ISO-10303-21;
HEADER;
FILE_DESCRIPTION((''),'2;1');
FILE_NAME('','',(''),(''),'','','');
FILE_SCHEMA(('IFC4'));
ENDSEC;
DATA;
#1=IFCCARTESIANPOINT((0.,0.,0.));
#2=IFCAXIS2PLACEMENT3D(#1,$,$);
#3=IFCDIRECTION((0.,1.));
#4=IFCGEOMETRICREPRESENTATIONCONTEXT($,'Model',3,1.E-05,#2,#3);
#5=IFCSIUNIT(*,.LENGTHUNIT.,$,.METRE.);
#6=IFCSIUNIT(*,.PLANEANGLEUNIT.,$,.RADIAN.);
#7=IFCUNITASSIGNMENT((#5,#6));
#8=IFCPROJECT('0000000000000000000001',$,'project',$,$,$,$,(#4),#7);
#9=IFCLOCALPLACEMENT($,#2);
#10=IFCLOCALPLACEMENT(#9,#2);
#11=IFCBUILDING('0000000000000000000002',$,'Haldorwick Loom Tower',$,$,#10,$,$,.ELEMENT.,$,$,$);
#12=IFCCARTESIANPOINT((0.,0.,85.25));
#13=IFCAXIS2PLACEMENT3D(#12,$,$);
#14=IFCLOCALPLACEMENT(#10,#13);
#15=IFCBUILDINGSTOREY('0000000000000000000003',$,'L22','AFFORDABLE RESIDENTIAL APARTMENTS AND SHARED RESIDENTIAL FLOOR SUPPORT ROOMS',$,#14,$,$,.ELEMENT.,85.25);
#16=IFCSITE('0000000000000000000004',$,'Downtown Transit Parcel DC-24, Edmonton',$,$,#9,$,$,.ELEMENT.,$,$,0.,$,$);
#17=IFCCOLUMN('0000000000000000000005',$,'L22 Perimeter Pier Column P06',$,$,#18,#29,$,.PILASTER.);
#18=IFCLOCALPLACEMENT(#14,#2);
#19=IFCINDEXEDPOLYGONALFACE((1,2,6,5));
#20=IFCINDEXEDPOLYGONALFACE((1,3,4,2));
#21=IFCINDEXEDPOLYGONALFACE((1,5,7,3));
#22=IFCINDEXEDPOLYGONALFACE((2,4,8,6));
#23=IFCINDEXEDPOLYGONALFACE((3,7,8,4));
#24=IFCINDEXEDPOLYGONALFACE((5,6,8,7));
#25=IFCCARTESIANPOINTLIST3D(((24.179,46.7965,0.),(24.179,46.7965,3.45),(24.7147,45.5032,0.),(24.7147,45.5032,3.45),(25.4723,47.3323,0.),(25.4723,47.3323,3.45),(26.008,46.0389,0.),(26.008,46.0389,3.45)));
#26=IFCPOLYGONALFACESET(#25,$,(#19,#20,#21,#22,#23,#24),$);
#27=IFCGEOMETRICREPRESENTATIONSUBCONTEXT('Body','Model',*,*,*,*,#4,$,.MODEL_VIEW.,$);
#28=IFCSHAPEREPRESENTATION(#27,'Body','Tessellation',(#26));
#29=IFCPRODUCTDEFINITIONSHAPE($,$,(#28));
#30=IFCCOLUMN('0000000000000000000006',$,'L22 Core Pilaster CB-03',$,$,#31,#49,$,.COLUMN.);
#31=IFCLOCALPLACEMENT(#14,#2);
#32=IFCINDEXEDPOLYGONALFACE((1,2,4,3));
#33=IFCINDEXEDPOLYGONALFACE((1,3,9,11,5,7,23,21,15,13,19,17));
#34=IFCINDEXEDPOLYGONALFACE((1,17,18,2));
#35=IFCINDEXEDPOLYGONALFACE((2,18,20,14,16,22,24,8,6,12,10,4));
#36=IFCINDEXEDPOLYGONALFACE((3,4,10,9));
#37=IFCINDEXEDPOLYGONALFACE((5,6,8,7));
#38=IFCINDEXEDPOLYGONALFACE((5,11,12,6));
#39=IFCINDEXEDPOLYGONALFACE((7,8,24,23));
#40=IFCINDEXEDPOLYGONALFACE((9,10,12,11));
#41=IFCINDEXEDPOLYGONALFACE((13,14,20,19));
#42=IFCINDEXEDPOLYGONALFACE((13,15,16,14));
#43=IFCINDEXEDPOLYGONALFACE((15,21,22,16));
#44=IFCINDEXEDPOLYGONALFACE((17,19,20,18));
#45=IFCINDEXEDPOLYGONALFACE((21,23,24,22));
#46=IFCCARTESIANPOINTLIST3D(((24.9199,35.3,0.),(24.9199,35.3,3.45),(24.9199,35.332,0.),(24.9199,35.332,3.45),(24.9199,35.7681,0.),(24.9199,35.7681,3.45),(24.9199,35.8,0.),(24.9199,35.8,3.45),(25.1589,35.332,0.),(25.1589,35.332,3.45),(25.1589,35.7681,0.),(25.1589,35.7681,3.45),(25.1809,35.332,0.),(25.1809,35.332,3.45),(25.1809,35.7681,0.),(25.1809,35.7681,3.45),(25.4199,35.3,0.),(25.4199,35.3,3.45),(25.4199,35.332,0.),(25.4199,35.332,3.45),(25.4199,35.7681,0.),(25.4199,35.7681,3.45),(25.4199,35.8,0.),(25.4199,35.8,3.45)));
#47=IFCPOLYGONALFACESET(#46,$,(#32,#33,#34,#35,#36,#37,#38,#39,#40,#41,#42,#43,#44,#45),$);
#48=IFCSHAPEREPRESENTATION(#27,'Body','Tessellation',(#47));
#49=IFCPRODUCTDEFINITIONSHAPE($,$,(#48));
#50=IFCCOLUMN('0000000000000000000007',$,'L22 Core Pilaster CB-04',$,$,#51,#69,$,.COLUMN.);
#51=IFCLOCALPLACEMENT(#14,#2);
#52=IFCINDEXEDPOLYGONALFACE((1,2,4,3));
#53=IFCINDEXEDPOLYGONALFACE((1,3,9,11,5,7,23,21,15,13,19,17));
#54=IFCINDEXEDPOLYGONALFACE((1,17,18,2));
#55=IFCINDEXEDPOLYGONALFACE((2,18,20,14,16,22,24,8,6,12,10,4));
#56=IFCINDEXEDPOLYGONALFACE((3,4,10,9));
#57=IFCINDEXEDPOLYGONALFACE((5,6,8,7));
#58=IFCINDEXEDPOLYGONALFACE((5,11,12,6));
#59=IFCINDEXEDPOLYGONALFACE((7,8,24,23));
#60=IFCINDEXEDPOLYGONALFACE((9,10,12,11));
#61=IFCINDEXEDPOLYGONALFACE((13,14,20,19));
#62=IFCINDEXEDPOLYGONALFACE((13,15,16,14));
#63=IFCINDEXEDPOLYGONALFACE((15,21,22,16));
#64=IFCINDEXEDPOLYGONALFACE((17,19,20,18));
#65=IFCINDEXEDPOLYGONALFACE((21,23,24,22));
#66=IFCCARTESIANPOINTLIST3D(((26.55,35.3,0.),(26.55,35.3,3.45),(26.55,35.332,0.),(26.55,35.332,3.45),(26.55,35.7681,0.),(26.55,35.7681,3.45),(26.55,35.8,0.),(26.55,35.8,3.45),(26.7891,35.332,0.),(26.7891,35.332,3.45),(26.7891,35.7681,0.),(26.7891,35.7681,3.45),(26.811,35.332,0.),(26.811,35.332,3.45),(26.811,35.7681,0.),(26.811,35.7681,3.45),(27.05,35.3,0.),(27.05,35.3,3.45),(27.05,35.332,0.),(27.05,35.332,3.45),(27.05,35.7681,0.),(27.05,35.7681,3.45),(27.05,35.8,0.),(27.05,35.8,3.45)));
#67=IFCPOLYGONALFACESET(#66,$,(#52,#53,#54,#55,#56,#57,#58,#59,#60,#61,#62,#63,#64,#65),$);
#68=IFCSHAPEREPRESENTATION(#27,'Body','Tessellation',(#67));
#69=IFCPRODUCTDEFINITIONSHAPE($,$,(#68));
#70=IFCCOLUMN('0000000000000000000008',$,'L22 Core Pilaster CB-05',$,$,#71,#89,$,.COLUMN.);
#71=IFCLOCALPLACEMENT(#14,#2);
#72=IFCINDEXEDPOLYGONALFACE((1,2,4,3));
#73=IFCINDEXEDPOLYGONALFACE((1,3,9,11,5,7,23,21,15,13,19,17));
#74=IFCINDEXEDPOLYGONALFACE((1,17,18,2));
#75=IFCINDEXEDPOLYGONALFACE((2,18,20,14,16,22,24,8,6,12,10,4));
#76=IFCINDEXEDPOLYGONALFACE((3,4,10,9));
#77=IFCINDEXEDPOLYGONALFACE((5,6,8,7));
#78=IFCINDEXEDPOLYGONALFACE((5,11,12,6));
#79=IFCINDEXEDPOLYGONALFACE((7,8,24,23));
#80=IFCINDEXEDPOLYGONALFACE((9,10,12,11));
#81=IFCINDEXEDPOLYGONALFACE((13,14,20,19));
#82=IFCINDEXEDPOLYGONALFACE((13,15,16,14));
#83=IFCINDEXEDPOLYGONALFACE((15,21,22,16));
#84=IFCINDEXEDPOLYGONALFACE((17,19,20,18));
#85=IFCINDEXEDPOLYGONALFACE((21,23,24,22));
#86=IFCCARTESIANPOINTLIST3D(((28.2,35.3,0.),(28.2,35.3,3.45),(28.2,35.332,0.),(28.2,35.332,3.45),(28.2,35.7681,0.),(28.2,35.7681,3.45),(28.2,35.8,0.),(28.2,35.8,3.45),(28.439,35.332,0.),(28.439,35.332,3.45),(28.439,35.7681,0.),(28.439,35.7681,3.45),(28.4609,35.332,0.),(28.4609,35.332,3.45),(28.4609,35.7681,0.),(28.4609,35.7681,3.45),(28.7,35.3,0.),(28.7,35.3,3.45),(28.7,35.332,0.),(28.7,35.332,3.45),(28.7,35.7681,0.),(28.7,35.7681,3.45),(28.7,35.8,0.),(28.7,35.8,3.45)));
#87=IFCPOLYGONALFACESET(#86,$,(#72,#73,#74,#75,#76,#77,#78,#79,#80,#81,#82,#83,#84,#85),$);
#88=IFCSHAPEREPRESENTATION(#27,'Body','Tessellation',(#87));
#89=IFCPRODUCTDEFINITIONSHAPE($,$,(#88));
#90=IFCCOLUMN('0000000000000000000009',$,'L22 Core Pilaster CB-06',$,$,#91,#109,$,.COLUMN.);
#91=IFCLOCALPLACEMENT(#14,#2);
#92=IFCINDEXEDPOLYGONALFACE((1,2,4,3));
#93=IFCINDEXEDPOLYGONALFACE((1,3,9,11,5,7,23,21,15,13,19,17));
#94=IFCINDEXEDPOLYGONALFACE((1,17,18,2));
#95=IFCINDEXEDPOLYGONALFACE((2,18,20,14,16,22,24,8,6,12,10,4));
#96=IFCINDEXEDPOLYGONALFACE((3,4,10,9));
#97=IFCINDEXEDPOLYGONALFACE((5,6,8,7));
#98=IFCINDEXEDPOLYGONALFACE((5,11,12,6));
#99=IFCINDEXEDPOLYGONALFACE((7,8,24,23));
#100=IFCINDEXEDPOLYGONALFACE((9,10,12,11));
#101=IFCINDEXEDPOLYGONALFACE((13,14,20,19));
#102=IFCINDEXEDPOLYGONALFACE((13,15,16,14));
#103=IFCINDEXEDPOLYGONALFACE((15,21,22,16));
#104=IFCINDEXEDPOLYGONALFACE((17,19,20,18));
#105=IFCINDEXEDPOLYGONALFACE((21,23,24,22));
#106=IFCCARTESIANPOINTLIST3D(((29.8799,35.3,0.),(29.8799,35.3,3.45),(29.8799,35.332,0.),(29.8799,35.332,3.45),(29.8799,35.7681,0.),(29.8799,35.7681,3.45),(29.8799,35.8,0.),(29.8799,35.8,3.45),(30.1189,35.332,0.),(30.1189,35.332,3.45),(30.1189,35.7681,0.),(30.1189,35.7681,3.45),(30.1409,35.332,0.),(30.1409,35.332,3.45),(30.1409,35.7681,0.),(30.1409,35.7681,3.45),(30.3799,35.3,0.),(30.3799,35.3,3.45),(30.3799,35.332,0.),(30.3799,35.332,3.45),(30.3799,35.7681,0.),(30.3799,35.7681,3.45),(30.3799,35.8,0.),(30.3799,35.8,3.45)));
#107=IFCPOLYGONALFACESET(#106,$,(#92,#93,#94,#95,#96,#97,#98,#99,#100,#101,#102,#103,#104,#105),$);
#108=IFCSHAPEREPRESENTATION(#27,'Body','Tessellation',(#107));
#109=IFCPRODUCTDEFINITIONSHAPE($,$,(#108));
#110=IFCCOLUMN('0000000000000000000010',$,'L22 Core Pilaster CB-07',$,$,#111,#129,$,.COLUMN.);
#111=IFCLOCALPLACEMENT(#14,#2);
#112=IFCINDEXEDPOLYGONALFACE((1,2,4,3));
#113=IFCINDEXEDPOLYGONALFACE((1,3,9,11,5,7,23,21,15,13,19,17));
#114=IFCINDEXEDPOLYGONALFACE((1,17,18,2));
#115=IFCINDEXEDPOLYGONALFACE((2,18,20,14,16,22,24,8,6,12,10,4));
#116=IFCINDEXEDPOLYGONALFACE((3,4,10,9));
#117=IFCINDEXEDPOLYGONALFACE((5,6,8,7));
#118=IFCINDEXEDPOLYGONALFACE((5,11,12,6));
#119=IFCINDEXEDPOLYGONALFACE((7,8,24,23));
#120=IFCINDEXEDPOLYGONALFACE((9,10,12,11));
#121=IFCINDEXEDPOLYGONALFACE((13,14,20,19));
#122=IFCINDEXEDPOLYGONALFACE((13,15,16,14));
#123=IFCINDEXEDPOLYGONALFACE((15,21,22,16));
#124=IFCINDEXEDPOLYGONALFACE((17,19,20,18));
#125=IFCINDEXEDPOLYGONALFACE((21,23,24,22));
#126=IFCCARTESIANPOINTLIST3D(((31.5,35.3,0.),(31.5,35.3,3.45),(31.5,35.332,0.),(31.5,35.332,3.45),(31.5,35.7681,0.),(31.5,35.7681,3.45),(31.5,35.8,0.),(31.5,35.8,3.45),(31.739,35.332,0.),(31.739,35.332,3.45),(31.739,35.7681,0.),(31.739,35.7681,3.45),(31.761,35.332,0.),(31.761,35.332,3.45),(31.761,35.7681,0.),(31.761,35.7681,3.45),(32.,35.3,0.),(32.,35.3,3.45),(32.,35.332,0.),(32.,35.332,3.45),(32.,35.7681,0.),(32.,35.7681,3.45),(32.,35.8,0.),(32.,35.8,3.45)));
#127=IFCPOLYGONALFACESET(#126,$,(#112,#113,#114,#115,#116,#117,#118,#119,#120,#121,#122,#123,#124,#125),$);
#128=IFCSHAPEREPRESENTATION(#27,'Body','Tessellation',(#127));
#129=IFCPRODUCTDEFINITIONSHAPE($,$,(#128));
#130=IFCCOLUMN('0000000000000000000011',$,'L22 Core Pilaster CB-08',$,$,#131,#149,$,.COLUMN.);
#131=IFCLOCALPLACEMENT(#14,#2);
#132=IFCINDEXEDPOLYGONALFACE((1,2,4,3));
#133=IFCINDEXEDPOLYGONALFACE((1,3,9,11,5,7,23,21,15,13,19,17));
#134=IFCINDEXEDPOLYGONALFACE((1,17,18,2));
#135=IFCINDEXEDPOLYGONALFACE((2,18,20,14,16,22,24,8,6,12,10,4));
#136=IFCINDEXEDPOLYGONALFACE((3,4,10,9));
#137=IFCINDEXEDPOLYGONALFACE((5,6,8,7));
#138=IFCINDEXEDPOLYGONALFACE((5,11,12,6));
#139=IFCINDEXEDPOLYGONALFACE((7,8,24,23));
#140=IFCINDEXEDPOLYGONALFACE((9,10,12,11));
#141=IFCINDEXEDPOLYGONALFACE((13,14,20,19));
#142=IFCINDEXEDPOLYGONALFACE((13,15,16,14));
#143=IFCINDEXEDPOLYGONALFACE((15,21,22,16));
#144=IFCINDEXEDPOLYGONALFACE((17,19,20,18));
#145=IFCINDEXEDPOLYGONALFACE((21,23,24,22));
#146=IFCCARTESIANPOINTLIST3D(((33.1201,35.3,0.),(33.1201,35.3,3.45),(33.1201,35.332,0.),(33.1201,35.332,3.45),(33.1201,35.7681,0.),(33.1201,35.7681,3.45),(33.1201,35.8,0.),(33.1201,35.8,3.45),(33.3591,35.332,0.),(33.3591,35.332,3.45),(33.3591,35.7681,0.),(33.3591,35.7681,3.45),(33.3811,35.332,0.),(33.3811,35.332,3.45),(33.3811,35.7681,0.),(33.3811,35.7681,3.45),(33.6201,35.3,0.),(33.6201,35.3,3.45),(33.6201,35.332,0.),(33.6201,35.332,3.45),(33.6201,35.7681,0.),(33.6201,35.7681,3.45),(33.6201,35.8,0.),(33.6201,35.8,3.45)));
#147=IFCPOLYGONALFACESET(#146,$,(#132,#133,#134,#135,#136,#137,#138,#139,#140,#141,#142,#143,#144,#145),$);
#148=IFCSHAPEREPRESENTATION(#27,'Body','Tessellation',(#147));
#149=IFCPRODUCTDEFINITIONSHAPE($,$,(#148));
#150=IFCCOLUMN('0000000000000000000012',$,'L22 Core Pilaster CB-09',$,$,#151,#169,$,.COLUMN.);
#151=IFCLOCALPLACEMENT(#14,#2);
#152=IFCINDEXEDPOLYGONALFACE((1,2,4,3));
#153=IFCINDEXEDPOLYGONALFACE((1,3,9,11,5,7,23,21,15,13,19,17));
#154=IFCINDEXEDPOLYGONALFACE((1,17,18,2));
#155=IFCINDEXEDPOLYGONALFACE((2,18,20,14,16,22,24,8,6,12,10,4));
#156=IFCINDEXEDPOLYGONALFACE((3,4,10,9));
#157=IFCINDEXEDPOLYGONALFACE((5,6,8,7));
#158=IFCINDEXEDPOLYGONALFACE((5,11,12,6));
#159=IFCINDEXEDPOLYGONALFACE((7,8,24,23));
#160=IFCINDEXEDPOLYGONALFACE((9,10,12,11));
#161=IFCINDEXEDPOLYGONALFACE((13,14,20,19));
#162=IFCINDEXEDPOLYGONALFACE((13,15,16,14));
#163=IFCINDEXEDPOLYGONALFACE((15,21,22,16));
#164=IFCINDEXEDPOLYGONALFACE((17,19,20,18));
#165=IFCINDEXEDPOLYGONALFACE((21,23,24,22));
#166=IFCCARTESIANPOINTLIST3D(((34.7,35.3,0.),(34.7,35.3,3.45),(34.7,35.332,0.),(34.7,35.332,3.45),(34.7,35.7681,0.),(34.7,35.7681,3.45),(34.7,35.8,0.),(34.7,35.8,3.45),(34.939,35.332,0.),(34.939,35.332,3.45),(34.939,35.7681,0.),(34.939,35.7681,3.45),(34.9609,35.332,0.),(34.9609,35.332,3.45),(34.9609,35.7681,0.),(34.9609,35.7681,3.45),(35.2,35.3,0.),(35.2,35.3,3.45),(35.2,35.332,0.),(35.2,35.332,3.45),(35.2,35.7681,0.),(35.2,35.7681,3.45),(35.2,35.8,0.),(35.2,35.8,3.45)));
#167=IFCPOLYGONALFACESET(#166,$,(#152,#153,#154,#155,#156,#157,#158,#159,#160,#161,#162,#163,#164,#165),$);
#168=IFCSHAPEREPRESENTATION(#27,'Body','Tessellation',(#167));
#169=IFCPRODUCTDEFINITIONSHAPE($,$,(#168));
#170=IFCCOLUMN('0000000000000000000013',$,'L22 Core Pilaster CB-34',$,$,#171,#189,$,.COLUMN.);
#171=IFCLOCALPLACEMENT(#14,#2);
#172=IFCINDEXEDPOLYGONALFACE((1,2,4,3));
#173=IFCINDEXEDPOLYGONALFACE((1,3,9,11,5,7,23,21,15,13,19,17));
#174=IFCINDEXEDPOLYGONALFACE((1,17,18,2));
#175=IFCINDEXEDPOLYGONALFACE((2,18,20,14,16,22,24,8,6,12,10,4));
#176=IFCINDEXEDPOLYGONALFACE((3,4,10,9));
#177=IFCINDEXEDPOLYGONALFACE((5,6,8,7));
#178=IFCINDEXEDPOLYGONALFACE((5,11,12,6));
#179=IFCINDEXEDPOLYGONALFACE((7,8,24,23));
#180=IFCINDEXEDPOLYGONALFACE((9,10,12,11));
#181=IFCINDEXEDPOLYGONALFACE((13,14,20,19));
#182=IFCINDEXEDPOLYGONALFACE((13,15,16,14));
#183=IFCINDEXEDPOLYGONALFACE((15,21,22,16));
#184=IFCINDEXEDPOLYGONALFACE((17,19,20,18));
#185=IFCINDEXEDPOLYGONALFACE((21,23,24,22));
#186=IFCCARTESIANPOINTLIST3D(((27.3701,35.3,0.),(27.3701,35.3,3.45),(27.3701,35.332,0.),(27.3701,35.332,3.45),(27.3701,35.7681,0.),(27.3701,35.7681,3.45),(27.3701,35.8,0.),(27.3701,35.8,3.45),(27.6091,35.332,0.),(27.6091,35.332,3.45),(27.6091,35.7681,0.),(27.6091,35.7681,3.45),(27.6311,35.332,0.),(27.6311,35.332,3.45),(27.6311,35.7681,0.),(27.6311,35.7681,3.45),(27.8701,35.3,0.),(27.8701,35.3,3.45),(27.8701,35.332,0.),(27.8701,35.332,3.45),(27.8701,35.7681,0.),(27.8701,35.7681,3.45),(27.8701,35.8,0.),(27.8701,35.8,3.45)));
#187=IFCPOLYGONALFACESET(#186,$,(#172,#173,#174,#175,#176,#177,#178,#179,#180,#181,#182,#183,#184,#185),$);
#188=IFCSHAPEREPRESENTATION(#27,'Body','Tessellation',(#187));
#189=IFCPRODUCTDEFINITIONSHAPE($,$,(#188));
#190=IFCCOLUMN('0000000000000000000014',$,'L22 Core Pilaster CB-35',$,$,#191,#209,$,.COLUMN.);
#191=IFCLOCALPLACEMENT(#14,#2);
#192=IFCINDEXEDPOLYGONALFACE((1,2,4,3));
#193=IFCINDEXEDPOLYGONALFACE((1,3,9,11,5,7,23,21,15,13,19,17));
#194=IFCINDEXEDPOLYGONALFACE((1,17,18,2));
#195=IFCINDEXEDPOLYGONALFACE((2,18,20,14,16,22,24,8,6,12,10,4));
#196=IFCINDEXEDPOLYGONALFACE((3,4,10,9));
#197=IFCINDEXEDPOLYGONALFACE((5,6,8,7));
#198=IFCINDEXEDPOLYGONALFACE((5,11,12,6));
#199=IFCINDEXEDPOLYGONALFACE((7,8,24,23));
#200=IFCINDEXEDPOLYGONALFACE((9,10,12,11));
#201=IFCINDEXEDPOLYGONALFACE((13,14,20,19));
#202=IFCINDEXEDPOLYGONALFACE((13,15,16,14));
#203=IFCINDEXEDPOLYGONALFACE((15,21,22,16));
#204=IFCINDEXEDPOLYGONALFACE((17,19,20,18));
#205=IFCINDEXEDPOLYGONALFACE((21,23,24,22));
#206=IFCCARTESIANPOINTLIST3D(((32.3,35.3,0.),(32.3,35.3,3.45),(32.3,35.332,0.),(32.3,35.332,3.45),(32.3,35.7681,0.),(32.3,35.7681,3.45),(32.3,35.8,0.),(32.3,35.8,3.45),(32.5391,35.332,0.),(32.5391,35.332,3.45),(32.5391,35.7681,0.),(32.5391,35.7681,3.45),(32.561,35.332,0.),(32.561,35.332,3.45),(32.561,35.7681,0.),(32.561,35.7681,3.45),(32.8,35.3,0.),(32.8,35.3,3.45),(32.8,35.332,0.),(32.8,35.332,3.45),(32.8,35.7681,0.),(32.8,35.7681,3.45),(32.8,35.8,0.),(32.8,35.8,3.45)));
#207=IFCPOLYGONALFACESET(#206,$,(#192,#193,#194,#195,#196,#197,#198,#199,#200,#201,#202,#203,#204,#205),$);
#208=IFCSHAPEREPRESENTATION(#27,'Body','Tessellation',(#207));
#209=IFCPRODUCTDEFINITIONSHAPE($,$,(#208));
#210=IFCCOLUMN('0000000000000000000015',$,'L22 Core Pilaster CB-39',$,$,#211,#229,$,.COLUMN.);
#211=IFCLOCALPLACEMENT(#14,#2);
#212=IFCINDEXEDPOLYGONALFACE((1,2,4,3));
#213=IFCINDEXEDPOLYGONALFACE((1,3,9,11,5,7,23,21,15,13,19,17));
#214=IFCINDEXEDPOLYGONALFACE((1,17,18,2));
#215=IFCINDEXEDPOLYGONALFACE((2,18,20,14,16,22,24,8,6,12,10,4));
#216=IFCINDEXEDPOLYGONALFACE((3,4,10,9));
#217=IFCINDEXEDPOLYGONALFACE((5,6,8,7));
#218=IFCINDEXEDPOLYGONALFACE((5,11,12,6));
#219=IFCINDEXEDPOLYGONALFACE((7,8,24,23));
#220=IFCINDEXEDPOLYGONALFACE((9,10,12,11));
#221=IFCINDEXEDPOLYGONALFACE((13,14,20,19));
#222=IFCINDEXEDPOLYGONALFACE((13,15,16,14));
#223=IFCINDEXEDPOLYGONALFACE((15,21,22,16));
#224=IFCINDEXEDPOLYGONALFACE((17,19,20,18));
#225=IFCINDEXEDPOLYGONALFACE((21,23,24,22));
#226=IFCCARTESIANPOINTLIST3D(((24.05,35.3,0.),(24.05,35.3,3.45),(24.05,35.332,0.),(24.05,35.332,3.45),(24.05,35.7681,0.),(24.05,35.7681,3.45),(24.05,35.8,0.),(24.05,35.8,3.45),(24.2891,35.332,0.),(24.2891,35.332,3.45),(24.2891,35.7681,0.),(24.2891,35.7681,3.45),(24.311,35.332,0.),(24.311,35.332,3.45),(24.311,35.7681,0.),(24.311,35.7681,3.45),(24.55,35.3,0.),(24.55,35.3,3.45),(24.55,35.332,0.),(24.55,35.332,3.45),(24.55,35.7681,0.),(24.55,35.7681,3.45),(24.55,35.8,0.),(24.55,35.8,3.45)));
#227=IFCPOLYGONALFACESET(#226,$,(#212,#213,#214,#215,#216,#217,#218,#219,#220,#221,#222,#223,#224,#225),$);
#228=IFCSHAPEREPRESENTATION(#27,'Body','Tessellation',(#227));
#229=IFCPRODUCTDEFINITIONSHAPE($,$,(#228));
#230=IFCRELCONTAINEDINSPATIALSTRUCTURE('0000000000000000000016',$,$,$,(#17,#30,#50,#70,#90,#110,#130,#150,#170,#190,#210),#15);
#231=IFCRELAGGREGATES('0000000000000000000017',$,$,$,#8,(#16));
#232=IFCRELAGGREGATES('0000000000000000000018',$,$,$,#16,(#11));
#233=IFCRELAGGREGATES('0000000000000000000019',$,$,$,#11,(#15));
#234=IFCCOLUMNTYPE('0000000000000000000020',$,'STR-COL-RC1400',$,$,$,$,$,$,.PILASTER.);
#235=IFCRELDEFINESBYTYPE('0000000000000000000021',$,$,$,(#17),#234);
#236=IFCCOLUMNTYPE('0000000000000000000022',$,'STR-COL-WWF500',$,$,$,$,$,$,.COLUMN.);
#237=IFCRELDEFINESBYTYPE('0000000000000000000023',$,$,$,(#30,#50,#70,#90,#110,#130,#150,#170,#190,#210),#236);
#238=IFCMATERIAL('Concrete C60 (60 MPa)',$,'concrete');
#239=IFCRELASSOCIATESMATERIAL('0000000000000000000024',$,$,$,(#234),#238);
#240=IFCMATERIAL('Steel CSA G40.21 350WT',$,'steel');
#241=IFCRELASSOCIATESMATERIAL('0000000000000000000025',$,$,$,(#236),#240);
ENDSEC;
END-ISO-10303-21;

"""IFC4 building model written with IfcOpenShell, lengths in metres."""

from ifc_helpers import new_model, si_unit, direction, frame, origin, origin_2d, place, context, subcontext, project, spatial, rectangle, i_section, extrude, material, material_profile, profile_set, type_object, element, save


model = new_model("IFC4")

# Units and contexts
model_context = context("Model", 3, precision=1e-05, world=origin(), true_north=direction((0.0, 1.0)))
body_context = subcontext(model_context, "Body", "Model", "MODEL_VIEW")
ifc_project = project(units=[si_unit("LENGTHUNIT", "METRE"), si_unit("PLANEANGLEUNIT", "RADIAN")], contexts=[model_context])

# Site, building, storey
site_placement = place(None, origin())
site = spatial("IfcSite", under=ifc_project, at=site_placement, Name="Downtown Transit Parcel DC-24, Edmonton", CompositionType="ELEMENT", RefElevation=0.0)
building_placement = place(site_placement, origin())
building = spatial("IfcBuilding", under=site, at=building_placement, Name="Haldorwick Loom Tower", CompositionType="ELEMENT")
storey_placement = place(building_placement, frame((0.0, 0.0, 85.25)))
storey = spatial("IfcBuildingStorey", under=building, at=storey_placement, Name="L22", Description="AFFORDABLE RESIDENTIAL APARTMENTS AND SHARED RESIDENTIAL FLOOR SUPPORT ROOMS", CompositionType="ELEMENT", Elevation=85.25)

# Columns
ifc_material_1 = material(Name="Concrete C60 (60 MPa)", Category="concrete")
ifc_material_profile_1 = material_profile(ifc_material_1, rectangle(XDim=1.3999, YDim=1.3999, at=origin_2d()), Name="RC1400X1400", Category="concrete")
ifc_profile_set_1 = profile_set([ifc_material_profile_1], Name="Concrete C60 (60 MPa)")
column_type_1 = type_object("IfcColumnType", Name="STR-COL-RC1400", PredefinedType="PILASTER", material=ifc_profile_set_1)
column_placement = place(storey_placement, frame((25.0935, 46.4177, 0.0), z_axis=(0.0, 0.0, 1.0), x_axis=(-0.382683, 0.92388, 0.0)))
element("IfcColumn", 1, at=column_placement, inside=storey, type_object=column_type_1, Name="L22 Perimeter Pier Column P06", PredefinedType="PILASTER", context=body_context, shape_type="SweptSolid", body=[
    extrude(rectangle(XDim=1.3999, YDim=1.3999, at=origin_2d()), origin(), (0.0, 0.0, 1.0), 3.45),
])
ifc_material_2 = material(Name="Steel CSA G40.21 350WT", Category="steel")
ifc_material_profile_2 = material_profile(ifc_material_2, i_section(OverallWidth=0.5, OverallDepth=0.5, WebThickness=0.022, FlangeThickness=0.032, at=origin_2d()), Name="WWF500X500", Category="steel")
ifc_profile_set_2 = profile_set([ifc_material_profile_2], Name="Steel CSA G40.21 350WT")
column_type_2 = type_object("IfcColumnType", Name="STR-COL-WWF500", PredefinedType="COLUMN", material=ifc_profile_set_2)
for number, where, z_axis, x_axis, name in (
    (2, (25.1699, 35.55, 0.0), (0.0, 0.0, 1.0), (1.0, 0.0, 0.0), "L22 Core Pilaster CB-03"),
    (3, (26.8, 35.55, 0.0), (0.0, 0.0, 1.0), (1.0, 0.0, 0.0), "L22 Core Pilaster CB-04"),
    (4, (28.45, 35.55, 0.0), (0.0, 0.0, 1.0), (1.0, 0.0, 0.0), "L22 Core Pilaster CB-05"),
    (5, (30.1299, 35.55, 0.0), (0.0, 0.0, 1.0), (1.0, 0.0, 0.0), "L22 Core Pilaster CB-06"),
    (6, (31.75, 35.55, 0.0), (0.0, 0.0, 1.0), (1.0, 0.0, 0.0), "L22 Core Pilaster CB-07"),
    (7, (33.3701, 35.55, 0.0), (0.0, 0.0, 1.0), (1.0, 0.0, 0.0), "L22 Core Pilaster CB-08"),
    (8, (34.95, 35.55, 0.0), (0.0, 0.0, 1.0), (1.0, 0.0, 0.0), "L22 Core Pilaster CB-09"),
    (9, (27.6201, 35.55, 0.0), (0.0, 0.0, 1.0), (1.0, 0.0, 0.0), "L22 Core Pilaster CB-34"),
    (10, (32.55, 35.55, 0.0), (0.0, 0.0, 1.0), (1.0, 0.0, 0.0), "L22 Core Pilaster CB-35"),
    (11, (24.3, 35.55, 0.0), (0.0, 0.0, 1.0), (1.0, 0.0, 0.0), "L22 Core Pilaster CB-39"),
):
    element("IfcColumn", number, at=place(storey_placement, frame(where, z_axis=z_axis, x_axis=x_axis)), inside=storey, type_object=column_type_2, Name=name, PredefinedType="COLUMN", context=body_context, shape_type="SweptSolid", body=[
        extrude(i_section(OverallWidth=0.5, OverallDepth=0.5, WebThickness=0.022, FlangeThickness=0.032, at=origin_2d()), origin(), (0.0, 0.0, 1.0), 3.45),
    ])

save(model, "model.ifc")
